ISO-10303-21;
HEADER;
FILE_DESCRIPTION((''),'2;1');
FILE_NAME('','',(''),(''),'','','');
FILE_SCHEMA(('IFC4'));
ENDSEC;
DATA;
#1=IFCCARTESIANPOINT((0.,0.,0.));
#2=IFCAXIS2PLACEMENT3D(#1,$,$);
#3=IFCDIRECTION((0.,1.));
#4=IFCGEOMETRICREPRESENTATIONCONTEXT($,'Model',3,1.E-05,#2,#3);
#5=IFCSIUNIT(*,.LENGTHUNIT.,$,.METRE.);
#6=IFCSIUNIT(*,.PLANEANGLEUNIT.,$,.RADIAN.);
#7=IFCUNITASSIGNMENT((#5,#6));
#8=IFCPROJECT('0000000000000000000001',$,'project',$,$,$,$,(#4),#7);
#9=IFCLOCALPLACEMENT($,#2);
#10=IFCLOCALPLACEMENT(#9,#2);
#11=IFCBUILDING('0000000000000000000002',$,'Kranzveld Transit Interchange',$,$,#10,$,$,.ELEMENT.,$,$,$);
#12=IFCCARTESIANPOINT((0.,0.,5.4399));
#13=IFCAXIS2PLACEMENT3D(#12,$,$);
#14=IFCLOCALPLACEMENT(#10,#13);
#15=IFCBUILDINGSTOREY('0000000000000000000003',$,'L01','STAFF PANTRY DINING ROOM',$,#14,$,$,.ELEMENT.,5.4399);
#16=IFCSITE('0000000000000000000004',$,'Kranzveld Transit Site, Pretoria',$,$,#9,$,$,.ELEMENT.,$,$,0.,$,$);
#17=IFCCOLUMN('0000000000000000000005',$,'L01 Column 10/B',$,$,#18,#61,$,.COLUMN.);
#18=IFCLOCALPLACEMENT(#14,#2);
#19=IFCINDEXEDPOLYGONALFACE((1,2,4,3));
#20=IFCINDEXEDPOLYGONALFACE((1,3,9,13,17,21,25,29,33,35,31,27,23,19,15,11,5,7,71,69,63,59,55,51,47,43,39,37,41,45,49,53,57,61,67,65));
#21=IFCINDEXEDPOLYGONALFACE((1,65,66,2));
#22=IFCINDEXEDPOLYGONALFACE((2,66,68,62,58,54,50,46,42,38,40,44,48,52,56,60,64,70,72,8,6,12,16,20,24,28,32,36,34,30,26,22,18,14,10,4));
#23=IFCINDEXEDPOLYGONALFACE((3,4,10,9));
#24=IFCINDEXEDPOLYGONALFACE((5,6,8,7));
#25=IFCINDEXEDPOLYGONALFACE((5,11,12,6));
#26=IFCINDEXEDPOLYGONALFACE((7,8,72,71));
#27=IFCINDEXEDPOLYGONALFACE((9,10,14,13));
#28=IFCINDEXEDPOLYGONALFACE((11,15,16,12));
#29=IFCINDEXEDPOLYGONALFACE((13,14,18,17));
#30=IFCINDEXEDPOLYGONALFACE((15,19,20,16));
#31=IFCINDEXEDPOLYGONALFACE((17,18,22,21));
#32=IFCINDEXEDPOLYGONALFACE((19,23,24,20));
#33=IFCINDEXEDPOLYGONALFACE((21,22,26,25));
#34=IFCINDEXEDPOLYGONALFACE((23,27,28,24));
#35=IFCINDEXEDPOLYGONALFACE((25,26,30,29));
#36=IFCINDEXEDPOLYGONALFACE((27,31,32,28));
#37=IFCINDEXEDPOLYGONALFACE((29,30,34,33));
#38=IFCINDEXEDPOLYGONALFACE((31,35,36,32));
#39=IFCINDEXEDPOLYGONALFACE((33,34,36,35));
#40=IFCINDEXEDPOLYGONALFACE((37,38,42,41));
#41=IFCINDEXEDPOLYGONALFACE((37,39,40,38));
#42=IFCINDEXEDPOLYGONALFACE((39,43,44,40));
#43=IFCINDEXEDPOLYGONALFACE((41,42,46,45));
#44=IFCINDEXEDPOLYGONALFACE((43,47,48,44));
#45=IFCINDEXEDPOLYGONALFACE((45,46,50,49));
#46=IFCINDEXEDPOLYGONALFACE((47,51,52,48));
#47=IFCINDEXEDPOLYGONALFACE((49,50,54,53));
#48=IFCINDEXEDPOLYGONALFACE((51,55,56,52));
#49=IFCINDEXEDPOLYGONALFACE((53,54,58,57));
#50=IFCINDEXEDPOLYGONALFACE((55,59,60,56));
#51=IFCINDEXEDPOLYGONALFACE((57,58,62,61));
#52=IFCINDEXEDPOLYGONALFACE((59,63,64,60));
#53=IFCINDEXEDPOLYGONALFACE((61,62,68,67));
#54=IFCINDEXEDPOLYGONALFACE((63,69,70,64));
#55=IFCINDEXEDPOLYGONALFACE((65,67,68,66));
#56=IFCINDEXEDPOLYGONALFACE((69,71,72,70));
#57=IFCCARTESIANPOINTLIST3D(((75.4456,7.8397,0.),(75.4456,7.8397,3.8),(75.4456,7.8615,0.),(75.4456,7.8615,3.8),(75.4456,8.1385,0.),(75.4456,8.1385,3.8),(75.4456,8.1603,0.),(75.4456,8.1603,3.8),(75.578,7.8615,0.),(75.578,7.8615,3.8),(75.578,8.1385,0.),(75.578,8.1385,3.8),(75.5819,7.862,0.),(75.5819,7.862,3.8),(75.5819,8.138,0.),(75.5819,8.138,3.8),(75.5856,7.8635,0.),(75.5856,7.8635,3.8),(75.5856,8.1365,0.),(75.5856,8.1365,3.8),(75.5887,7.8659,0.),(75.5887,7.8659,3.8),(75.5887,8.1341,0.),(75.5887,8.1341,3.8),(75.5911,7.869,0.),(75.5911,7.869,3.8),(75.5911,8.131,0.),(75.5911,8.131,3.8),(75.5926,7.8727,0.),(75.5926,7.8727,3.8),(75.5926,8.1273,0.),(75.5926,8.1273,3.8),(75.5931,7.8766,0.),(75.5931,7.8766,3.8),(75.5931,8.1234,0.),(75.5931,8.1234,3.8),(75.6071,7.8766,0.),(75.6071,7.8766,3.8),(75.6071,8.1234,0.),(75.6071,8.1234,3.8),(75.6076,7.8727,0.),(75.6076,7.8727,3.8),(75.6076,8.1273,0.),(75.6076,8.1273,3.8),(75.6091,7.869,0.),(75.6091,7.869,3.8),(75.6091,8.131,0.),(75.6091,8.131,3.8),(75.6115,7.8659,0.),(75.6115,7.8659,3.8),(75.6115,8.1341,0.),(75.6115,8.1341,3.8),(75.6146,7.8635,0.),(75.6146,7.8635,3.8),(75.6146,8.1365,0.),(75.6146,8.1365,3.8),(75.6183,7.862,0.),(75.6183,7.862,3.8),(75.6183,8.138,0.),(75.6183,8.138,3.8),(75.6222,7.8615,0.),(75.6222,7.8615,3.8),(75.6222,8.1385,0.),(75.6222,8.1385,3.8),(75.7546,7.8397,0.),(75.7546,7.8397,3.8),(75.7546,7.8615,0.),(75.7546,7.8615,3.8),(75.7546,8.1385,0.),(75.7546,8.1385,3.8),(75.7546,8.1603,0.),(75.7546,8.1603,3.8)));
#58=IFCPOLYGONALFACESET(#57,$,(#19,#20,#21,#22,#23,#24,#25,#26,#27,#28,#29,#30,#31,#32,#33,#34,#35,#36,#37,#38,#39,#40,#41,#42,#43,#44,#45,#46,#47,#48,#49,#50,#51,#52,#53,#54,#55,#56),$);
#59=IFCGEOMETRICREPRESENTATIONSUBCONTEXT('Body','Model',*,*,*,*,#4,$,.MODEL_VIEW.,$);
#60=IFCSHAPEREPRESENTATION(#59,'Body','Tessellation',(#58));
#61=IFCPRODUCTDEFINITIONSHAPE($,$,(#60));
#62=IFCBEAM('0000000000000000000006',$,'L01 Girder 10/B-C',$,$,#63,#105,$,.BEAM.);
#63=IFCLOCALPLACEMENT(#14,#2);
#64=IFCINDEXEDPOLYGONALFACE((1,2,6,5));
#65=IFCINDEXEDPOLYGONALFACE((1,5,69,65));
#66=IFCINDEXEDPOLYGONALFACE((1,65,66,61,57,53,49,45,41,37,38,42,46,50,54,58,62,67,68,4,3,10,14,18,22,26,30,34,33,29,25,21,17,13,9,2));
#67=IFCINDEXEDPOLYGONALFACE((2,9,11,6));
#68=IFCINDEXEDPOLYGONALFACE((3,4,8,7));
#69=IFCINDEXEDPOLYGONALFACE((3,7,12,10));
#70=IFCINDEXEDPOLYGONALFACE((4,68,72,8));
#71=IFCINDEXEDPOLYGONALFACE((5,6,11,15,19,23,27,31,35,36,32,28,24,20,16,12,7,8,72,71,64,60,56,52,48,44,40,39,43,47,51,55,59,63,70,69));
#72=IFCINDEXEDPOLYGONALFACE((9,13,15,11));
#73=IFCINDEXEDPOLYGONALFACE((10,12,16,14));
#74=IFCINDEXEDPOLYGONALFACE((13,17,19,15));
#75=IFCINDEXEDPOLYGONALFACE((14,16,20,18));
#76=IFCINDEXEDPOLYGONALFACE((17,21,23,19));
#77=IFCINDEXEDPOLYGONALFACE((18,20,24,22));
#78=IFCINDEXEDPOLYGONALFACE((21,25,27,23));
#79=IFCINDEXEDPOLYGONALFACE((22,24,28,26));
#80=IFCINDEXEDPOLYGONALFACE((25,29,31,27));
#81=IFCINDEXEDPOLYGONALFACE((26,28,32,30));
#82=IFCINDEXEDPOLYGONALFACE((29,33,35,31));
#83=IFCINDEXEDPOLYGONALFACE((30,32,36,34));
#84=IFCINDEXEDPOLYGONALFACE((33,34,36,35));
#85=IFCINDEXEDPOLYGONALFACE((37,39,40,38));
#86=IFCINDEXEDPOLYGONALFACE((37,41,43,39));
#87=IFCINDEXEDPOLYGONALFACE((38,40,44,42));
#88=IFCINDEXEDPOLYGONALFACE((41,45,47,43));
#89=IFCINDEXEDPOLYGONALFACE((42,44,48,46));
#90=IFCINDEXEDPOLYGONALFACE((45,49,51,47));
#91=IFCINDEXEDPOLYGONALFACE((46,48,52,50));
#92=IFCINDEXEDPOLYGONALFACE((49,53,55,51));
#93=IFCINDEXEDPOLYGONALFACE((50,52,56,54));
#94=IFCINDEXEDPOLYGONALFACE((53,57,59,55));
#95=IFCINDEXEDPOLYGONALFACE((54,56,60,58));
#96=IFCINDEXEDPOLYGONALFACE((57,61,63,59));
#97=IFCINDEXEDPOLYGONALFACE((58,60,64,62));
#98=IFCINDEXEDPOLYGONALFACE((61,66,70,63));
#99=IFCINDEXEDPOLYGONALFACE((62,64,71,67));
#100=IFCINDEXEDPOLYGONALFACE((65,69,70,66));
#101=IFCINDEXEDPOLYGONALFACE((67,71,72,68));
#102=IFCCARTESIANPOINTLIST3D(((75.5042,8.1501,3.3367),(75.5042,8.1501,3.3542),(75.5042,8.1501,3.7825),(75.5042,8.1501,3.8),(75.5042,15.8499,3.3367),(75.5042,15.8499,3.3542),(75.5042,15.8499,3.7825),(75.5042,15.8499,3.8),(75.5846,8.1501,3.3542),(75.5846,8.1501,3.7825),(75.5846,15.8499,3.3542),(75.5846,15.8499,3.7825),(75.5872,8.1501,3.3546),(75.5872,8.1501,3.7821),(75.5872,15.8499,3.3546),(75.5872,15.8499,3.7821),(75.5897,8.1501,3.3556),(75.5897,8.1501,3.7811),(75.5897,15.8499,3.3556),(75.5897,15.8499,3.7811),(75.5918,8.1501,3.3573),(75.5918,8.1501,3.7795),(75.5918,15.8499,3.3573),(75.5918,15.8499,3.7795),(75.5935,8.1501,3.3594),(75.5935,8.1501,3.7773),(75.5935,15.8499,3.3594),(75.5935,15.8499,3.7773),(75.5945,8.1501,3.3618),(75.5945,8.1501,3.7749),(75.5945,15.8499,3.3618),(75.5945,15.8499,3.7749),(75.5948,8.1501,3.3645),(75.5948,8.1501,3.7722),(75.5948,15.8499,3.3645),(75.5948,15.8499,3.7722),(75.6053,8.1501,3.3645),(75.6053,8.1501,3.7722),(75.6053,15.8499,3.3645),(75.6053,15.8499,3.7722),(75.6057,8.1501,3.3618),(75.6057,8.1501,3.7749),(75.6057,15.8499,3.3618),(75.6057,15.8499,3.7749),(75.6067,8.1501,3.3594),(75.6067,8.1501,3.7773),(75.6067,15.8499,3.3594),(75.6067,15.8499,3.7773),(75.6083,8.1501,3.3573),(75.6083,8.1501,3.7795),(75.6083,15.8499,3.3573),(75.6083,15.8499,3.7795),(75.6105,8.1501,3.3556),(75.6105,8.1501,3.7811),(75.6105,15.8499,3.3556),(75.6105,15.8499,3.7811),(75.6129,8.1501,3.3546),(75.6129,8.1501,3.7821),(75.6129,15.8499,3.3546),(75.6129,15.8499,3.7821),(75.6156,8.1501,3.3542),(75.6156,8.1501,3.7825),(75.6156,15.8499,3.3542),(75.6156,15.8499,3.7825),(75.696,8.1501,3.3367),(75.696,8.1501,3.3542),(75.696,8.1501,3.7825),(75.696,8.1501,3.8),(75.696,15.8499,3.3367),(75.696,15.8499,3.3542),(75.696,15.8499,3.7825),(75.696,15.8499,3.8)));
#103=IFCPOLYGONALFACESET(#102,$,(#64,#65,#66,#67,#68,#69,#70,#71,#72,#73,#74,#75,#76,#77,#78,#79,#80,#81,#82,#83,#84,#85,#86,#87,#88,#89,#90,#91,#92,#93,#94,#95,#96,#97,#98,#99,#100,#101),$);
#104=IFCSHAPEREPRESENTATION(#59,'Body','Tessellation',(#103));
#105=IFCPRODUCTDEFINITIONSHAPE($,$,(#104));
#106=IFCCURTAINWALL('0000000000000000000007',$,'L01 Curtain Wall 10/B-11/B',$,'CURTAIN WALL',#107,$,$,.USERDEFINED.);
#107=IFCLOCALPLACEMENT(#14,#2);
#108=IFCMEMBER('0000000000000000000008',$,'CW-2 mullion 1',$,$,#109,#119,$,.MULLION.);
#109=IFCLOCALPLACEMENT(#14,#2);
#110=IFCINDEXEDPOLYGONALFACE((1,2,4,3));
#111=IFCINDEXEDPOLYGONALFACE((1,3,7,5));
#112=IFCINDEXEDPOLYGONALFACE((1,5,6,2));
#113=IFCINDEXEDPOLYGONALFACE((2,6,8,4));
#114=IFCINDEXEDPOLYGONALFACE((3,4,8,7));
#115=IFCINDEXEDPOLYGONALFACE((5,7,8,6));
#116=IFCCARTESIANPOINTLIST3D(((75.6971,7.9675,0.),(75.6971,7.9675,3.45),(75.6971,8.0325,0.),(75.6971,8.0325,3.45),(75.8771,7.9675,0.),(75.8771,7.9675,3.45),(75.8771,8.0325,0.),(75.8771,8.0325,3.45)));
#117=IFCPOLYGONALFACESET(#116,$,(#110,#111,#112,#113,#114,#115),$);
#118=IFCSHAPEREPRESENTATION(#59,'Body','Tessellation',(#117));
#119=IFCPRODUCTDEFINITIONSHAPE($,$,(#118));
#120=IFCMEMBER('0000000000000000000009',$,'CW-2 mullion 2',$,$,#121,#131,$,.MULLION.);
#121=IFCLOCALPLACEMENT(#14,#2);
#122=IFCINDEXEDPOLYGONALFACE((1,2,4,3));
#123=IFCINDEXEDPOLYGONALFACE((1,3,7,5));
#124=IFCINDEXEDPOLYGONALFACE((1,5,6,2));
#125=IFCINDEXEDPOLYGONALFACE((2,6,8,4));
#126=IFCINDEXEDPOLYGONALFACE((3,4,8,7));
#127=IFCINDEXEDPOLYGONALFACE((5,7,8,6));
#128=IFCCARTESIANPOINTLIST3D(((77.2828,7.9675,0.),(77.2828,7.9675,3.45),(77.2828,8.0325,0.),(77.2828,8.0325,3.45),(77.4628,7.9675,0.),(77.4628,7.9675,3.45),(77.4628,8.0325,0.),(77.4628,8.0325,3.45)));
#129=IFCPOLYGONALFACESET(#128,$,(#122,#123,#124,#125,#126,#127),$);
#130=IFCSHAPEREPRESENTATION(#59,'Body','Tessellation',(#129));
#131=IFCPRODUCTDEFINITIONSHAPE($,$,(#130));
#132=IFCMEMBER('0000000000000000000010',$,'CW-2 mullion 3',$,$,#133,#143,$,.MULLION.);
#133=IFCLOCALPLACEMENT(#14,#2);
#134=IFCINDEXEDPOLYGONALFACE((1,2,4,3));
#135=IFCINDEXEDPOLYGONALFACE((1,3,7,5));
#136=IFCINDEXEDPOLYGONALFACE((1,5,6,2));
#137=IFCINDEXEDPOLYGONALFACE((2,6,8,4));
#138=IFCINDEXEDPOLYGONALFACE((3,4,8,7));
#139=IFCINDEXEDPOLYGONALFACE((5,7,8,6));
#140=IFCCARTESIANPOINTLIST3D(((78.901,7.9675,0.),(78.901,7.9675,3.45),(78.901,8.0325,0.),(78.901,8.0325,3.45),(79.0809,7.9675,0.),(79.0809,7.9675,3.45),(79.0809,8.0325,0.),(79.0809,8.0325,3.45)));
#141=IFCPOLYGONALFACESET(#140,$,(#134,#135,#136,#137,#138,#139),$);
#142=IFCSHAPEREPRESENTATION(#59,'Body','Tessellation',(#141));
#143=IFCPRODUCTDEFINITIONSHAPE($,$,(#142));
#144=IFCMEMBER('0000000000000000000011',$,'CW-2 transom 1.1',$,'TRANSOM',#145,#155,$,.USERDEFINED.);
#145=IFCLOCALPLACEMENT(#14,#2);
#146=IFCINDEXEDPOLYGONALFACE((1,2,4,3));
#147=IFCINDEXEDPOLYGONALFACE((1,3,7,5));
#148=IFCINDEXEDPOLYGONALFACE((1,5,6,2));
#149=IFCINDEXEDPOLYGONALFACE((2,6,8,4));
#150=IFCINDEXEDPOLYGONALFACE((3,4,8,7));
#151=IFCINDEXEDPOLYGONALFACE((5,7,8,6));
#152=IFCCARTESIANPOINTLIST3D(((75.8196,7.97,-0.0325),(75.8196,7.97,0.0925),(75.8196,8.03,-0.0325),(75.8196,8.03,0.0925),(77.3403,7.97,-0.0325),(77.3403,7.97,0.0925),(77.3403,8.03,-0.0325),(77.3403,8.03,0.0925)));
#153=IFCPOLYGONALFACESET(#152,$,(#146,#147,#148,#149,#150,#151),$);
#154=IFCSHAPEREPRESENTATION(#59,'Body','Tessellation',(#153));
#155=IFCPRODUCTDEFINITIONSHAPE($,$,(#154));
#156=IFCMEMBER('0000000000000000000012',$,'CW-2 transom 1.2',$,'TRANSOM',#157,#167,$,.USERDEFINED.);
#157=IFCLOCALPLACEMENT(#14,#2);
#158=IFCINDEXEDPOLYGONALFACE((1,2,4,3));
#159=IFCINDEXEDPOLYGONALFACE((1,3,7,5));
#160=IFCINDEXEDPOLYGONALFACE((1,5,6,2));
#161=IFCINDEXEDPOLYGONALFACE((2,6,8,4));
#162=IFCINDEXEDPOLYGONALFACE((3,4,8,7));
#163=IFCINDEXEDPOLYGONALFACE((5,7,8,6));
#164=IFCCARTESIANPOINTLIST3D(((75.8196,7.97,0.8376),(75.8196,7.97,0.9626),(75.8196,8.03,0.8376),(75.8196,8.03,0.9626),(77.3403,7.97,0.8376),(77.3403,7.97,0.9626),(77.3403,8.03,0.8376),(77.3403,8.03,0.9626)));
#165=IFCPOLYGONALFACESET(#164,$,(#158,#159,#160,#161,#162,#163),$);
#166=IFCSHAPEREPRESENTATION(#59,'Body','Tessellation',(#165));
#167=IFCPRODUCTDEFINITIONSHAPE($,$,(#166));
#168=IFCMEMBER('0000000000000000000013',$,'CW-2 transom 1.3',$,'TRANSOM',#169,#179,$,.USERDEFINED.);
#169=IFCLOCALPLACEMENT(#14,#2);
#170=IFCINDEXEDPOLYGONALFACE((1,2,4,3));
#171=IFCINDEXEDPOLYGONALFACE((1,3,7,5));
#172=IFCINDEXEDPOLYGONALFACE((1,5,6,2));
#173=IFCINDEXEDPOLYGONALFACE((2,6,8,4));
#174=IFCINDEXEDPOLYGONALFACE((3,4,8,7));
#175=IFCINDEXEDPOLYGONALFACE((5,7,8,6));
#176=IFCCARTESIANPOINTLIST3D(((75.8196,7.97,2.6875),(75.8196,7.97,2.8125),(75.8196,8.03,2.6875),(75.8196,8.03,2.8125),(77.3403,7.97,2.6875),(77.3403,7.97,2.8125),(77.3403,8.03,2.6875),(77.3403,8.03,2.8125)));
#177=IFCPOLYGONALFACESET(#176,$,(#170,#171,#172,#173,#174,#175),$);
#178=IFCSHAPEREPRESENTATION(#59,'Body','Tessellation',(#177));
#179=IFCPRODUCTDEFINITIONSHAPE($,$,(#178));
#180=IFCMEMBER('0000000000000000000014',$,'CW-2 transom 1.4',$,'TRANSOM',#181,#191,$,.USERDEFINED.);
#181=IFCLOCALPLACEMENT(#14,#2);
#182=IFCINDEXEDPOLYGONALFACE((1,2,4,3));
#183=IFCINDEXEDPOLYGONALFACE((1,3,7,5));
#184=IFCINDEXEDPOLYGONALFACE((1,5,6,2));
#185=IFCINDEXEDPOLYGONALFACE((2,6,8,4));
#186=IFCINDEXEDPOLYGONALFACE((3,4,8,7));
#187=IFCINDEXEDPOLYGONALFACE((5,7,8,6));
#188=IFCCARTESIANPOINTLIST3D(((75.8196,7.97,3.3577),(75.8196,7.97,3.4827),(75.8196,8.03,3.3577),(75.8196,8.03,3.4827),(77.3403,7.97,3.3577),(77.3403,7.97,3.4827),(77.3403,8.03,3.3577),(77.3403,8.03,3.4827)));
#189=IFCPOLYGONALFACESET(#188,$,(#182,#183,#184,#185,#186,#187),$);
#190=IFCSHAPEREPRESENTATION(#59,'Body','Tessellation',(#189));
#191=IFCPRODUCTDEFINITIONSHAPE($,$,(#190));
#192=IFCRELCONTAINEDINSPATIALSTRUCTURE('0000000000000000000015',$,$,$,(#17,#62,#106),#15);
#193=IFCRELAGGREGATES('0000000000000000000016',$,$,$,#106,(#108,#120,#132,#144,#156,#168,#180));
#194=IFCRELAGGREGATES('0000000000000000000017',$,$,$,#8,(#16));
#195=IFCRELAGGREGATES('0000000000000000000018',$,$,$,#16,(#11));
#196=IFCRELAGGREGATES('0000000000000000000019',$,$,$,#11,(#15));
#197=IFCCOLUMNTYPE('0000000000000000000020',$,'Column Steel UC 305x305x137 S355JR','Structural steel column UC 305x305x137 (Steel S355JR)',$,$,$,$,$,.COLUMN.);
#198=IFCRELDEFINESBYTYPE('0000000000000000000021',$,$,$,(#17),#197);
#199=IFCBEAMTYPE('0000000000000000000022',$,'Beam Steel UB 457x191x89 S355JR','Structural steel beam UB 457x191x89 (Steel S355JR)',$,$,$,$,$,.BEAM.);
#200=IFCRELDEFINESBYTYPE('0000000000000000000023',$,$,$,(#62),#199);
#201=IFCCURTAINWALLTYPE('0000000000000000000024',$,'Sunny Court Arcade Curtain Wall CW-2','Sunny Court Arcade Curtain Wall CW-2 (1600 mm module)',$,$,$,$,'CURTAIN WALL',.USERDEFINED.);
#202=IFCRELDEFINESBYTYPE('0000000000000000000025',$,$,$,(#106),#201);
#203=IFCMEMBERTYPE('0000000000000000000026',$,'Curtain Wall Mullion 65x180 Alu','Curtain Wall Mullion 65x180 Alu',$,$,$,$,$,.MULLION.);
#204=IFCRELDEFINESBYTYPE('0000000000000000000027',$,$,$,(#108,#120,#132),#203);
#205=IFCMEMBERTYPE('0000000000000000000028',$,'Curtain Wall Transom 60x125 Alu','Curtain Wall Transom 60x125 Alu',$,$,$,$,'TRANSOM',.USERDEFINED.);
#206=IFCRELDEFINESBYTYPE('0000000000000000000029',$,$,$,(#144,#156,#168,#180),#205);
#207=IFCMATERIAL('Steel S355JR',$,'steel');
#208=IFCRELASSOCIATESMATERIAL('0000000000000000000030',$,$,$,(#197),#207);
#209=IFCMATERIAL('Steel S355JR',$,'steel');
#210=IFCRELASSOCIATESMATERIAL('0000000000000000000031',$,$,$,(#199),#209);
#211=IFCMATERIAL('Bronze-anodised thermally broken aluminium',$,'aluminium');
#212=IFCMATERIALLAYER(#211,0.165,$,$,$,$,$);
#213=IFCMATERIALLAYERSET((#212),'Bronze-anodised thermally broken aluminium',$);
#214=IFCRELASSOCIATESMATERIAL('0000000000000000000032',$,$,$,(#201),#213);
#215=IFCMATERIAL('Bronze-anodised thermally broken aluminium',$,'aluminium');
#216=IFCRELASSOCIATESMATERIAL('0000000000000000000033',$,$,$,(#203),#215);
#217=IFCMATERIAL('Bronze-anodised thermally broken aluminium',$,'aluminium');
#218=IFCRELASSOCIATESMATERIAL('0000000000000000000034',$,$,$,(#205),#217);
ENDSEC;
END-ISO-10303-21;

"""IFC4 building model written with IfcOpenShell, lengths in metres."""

from ifc_helpers import new_model, si_unit, direction, frame, origin, origin_2d, place, context, subcontext, project, spatial, rectangle, i_section, extrude, material, layer, layer_set, material_profile, profile_set, type_object, element, aggregate, save


model = new_model("IFC4")

# Units and contexts
model_context = context("Model", 3, precision=1e-05, world=origin(), true_north=direction((0.0, 1.0)))
body_context = subcontext(model_context, "Body", "Model", "MODEL_VIEW")
ifc_project = project(units=[si_unit("LENGTHUNIT", "METRE"), si_unit("PLANEANGLEUNIT", "RADIAN")], contexts=[model_context])

# Site, building, storey
site_placement = place(None, origin())
site = spatial("IfcSite", under=ifc_project, at=site_placement, Name="Kranzveld Transit Site, Pretoria", CompositionType="ELEMENT", RefElevation=0.0)
building_placement = place(site_placement, origin())
building = spatial("IfcBuilding", under=site, at=building_placement, Name="Kranzveld Transit Interchange", CompositionType="ELEMENT")
storey_placement = place(building_placement, frame((0.0, 0.0, 5.4399)))
storey = spatial("IfcBuildingStorey", under=building, at=storey_placement, Name="L01", Description="STAFF PANTRY DINING ROOM", CompositionType="ELEMENT", Elevation=5.4399)

# Column
ifc_material_1 = material(Name="Steel S355JR", Category="steel")
ifc_material_profile_1 = material_profile(ifc_material_1, i_section(OverallWidth=0.3091, OverallDepth=0.3206, WebThickness=0.0139, FlangeThickness=0.0217, FilletRadius=0.0151, at=origin_2d()), Name="UC 305x305x137")
ifc_profile_set_1 = profile_set([ifc_material_profile_1], Name="Steel S355JR")
column_type = type_object("IfcColumnType", Name="Column Steel UC 305x305x137 S355JR", Description="Structural steel column UC 305x305x137 (Steel S355JR)", PredefinedType="COLUMN", material=ifc_profile_set_1)
column_placement = place(storey_placement, frame((75.6001, 8.0, 0.0), z_axis=(0.0, 0.0, 1.0), x_axis=(1.0, 0.0, 0.0)))
element("IfcColumn", 1, at=column_placement, inside=storey, type_object=column_type, Name="L01 Column 10/B", PredefinedType="COLUMN", context=body_context, shape_type="SweptSolid", body=[
    extrude(i_section(OverallWidth=0.3091, OverallDepth=0.3206, WebThickness=0.0139, FlangeThickness=0.0217, FilletRadius=0.0151, at=origin_2d()), origin(), (0.0, 0.0, 1.0), 3.8),
])

# Beam
ifc_material_2 = material(Name="Steel S355JR", Category="steel")
ifc_material_profile_2 = material_profile(ifc_material_2, i_section(OverallWidth=0.1919, OverallDepth=0.4634, WebThickness=0.0105, FlangeThickness=0.0176, FilletRadius=0.0103, at=origin_2d()), Name="UB 457x191x89")
ifc_profile_set_2 = profile_set([ifc_material_profile_2], Name="Steel S355JR")
beam_type_1 = type_object("IfcBeamType", Name="Beam Steel UB 457x191x89 S355JR", Description="Structural steel beam UB 457x191x89 (Steel S355JR)", PredefinedType="BEAM", material=ifc_profile_set_2)
beam_1_placement = place(storey_placement, frame((75.6001, 8.1501, 3.5684), z_axis=(0.0, 1.0, 0.0), x_axis=(-1.0, 0.0, 0.0)))
element("IfcBeam", 2, at=beam_1_placement, inside=storey, type_object=beam_type_1, Name="L01 Girder 10/B-C", PredefinedType="BEAM", context=body_context, shape_type="SweptSolid", body=[
    extrude(i_section(OverallWidth=0.1919, OverallDepth=0.4634, WebThickness=0.0105, FlangeThickness=0.0176, FilletRadius=0.0103, at=origin_2d()), origin(), (0.0, 0.0, 1.0), 7.6997),
])

# Curtain wall, members
ifc_material_3 = material(Name="Bronze-anodised thermally broken aluminium", Category="aluminium")
ifc_layer_1 = layer(ifc_material_3, 0.165)
ifc_layer_set_1 = layer_set([ifc_layer_1], Name="Bronze-anodised thermally broken aluminium")
curtain_wall_type = type_object("IfcCurtainWallType", Name="Sunny Court Arcade Curtain Wall CW-2", Description="Sunny Court Arcade Curtain Wall CW-2 (1600 mm module)", ElementType="CURTAIN WALL", PredefinedType="USERDEFINED", material=ifc_layer_set_1)
curtain_wall_placement = place(storey_placement, origin())
curtain_wall = element("IfcCurtainWall", 3, at=curtain_wall_placement, inside=storey, type_object=curtain_wall_type, Name="L01 Curtain Wall 10/B-11/B", ObjectType="CURTAIN WALL", PredefinedType="USERDEFINED")
ifc_material_4 = material(Name="Bronze-anodised thermally broken aluminium", Category="aluminium")
ifc_material_profile_3 = material_profile(ifc_material_4, rectangle(XDim=0.0649, YDim=0.1799, at=origin_2d()), Name="ALU MULLION 65x180")
ifc_profile_set_3 = profile_set([ifc_material_profile_3], Name="Bronze-anodised thermally broken aluminium")
member_type_1 = type_object("IfcMemberType", Name="Curtain Wall Mullion 65x180 Alu", Description="Curtain Wall Mullion 65x180 Alu", PredefinedType="MULLION", material=ifc_profile_set_3)
member_1_placement = place(storey_placement, frame((75.7871, 8.0, 0.0), z_axis=(0.0, 0.0, 1.0), x_axis=(0.0, 1.0, 0.0)))
member_1 = element("IfcMember", 4, at=member_1_placement, type_object=member_type_1, Name="CW-2 mullion 1", PredefinedType="MULLION", context=body_context, shape_type="SweptSolid", body=[
    extrude(rectangle(XDim=0.0649, YDim=0.1799, at=origin_2d()), origin(), (0.0, 0.0, 1.0), 3.45),
])
member_2_placement = place(storey_placement, frame((77.3728, 8.0, 0.0), z_axis=(0.0, 0.0, 1.0), x_axis=(0.0, 1.0, 0.0)))
member_2 = element("IfcMember", 5, at=member_2_placement, type_object=member_type_1, Name="CW-2 mullion 2", PredefinedType="MULLION", context=body_context, shape_type="SweptSolid", body=[
    extrude(rectangle(XDim=0.0649, YDim=0.1799, at=origin_2d()), origin(), (0.0, 0.0, 1.0), 3.45),
])
member_3_placement = place(storey_placement, frame((78.991, 8.0, 0.0), z_axis=(0.0, 0.0, 1.0), x_axis=(0.0, 1.0, 0.0)))
member_3 = element("IfcMember", 6, at=member_3_placement, type_object=member_type_1, Name="CW-2 mullion 3", PredefinedType="MULLION", context=body_context, shape_type="SweptSolid", body=[
    extrude(rectangle(XDim=0.0649, YDim=0.1799, at=origin_2d()), origin(), (0.0, 0.0, 1.0), 3.45),
])
ifc_material_5 = material(Name="Bronze-anodised thermally broken aluminium", Category="aluminium")
ifc_material_profile_4 = material_profile(ifc_material_5, rectangle(XDim=0.0601, YDim=0.125, at=origin_2d()), Name="ALU TRANSOM 60x125")
ifc_profile_set_4 = profile_set([ifc_material_profile_4], Name="Bronze-anodised thermally broken aluminium")
member_type_2 = type_object("IfcMemberType", Name="Curtain Wall Transom 60x125 Alu", Description="Curtain Wall Transom 60x125 Alu", ElementType="TRANSOM", PredefinedType="USERDEFINED", material=ifc_profile_set_4)
member_4_placement = place(storey_placement, frame((75.8196, 8.0, 0.03), z_axis=(1.0, 0.0, 0.0), x_axis=(0.0, 1.0, 0.0)))
member_4 = element("IfcMember", 7, at=member_4_placement, type_object=member_type_2, Name="CW-2 transom 1.1", ObjectType="TRANSOM", PredefinedType="USERDEFINED", context=body_context, shape_type="SweptSolid", body=[
    extrude(rectangle(XDim=0.0601, YDim=0.125, at=origin_2d()), origin(), (0.0, 0.0, 1.0), 1.5208),
])
member_5_placement = place(storey_placement, frame((75.8196, 8.0, 0.9001), z_axis=(1.0, 0.0, 0.0), x_axis=(0.0, 1.0, 0.0)))
member_5 = element("IfcMember", 8, at=member_5_placement, type_object=member_type_2, Name="CW-2 transom 1.2", ObjectType="TRANSOM", PredefinedType="USERDEFINED", context=body_context, shape_type="SweptSolid", body=[
    extrude(rectangle(XDim=0.0601, YDim=0.125, at=origin_2d()), origin(), (0.0, 0.0, 1.0), 1.5208),
])
member_6_placement = place(storey_placement, frame((75.8196, 8.0, 2.75), z_axis=(1.0, 0.0, 0.0), x_axis=(0.0, 1.0, 0.0)))
member_6 = element("IfcMember", 9, at=member_6_placement, type_object=member_type_2, Name="CW-2 transom 1.3", ObjectType="TRANSOM", PredefinedType="USERDEFINED", context=body_context, shape_type="SweptSolid", body=[
    extrude(rectangle(XDim=0.0601, YDim=0.125, at=origin_2d()), origin(), (0.0, 0.0, 1.0), 1.5208),
])
member_7_placement = place(storey_placement, frame((75.8196, 8.0, 3.4202), z_axis=(1.0, 0.0, 0.0), x_axis=(0.0, 1.0, 0.0)))
member_7 = element("IfcMember", 10, at=member_7_placement, type_object=member_type_2, Name="CW-2 transom 1.4", ObjectType="TRANSOM", PredefinedType="USERDEFINED", context=body_context, shape_type="SweptSolid", body=[
    extrude(rectangle(XDim=0.0601, YDim=0.125, at=origin_2d()), origin(), (0.0, 0.0, 1.0), 1.5208),
])

aggregate(curtain_wall, [member_1, member_2, member_3, member_4, member_5, member_6, member_7])

save(model, "model.ifc")
